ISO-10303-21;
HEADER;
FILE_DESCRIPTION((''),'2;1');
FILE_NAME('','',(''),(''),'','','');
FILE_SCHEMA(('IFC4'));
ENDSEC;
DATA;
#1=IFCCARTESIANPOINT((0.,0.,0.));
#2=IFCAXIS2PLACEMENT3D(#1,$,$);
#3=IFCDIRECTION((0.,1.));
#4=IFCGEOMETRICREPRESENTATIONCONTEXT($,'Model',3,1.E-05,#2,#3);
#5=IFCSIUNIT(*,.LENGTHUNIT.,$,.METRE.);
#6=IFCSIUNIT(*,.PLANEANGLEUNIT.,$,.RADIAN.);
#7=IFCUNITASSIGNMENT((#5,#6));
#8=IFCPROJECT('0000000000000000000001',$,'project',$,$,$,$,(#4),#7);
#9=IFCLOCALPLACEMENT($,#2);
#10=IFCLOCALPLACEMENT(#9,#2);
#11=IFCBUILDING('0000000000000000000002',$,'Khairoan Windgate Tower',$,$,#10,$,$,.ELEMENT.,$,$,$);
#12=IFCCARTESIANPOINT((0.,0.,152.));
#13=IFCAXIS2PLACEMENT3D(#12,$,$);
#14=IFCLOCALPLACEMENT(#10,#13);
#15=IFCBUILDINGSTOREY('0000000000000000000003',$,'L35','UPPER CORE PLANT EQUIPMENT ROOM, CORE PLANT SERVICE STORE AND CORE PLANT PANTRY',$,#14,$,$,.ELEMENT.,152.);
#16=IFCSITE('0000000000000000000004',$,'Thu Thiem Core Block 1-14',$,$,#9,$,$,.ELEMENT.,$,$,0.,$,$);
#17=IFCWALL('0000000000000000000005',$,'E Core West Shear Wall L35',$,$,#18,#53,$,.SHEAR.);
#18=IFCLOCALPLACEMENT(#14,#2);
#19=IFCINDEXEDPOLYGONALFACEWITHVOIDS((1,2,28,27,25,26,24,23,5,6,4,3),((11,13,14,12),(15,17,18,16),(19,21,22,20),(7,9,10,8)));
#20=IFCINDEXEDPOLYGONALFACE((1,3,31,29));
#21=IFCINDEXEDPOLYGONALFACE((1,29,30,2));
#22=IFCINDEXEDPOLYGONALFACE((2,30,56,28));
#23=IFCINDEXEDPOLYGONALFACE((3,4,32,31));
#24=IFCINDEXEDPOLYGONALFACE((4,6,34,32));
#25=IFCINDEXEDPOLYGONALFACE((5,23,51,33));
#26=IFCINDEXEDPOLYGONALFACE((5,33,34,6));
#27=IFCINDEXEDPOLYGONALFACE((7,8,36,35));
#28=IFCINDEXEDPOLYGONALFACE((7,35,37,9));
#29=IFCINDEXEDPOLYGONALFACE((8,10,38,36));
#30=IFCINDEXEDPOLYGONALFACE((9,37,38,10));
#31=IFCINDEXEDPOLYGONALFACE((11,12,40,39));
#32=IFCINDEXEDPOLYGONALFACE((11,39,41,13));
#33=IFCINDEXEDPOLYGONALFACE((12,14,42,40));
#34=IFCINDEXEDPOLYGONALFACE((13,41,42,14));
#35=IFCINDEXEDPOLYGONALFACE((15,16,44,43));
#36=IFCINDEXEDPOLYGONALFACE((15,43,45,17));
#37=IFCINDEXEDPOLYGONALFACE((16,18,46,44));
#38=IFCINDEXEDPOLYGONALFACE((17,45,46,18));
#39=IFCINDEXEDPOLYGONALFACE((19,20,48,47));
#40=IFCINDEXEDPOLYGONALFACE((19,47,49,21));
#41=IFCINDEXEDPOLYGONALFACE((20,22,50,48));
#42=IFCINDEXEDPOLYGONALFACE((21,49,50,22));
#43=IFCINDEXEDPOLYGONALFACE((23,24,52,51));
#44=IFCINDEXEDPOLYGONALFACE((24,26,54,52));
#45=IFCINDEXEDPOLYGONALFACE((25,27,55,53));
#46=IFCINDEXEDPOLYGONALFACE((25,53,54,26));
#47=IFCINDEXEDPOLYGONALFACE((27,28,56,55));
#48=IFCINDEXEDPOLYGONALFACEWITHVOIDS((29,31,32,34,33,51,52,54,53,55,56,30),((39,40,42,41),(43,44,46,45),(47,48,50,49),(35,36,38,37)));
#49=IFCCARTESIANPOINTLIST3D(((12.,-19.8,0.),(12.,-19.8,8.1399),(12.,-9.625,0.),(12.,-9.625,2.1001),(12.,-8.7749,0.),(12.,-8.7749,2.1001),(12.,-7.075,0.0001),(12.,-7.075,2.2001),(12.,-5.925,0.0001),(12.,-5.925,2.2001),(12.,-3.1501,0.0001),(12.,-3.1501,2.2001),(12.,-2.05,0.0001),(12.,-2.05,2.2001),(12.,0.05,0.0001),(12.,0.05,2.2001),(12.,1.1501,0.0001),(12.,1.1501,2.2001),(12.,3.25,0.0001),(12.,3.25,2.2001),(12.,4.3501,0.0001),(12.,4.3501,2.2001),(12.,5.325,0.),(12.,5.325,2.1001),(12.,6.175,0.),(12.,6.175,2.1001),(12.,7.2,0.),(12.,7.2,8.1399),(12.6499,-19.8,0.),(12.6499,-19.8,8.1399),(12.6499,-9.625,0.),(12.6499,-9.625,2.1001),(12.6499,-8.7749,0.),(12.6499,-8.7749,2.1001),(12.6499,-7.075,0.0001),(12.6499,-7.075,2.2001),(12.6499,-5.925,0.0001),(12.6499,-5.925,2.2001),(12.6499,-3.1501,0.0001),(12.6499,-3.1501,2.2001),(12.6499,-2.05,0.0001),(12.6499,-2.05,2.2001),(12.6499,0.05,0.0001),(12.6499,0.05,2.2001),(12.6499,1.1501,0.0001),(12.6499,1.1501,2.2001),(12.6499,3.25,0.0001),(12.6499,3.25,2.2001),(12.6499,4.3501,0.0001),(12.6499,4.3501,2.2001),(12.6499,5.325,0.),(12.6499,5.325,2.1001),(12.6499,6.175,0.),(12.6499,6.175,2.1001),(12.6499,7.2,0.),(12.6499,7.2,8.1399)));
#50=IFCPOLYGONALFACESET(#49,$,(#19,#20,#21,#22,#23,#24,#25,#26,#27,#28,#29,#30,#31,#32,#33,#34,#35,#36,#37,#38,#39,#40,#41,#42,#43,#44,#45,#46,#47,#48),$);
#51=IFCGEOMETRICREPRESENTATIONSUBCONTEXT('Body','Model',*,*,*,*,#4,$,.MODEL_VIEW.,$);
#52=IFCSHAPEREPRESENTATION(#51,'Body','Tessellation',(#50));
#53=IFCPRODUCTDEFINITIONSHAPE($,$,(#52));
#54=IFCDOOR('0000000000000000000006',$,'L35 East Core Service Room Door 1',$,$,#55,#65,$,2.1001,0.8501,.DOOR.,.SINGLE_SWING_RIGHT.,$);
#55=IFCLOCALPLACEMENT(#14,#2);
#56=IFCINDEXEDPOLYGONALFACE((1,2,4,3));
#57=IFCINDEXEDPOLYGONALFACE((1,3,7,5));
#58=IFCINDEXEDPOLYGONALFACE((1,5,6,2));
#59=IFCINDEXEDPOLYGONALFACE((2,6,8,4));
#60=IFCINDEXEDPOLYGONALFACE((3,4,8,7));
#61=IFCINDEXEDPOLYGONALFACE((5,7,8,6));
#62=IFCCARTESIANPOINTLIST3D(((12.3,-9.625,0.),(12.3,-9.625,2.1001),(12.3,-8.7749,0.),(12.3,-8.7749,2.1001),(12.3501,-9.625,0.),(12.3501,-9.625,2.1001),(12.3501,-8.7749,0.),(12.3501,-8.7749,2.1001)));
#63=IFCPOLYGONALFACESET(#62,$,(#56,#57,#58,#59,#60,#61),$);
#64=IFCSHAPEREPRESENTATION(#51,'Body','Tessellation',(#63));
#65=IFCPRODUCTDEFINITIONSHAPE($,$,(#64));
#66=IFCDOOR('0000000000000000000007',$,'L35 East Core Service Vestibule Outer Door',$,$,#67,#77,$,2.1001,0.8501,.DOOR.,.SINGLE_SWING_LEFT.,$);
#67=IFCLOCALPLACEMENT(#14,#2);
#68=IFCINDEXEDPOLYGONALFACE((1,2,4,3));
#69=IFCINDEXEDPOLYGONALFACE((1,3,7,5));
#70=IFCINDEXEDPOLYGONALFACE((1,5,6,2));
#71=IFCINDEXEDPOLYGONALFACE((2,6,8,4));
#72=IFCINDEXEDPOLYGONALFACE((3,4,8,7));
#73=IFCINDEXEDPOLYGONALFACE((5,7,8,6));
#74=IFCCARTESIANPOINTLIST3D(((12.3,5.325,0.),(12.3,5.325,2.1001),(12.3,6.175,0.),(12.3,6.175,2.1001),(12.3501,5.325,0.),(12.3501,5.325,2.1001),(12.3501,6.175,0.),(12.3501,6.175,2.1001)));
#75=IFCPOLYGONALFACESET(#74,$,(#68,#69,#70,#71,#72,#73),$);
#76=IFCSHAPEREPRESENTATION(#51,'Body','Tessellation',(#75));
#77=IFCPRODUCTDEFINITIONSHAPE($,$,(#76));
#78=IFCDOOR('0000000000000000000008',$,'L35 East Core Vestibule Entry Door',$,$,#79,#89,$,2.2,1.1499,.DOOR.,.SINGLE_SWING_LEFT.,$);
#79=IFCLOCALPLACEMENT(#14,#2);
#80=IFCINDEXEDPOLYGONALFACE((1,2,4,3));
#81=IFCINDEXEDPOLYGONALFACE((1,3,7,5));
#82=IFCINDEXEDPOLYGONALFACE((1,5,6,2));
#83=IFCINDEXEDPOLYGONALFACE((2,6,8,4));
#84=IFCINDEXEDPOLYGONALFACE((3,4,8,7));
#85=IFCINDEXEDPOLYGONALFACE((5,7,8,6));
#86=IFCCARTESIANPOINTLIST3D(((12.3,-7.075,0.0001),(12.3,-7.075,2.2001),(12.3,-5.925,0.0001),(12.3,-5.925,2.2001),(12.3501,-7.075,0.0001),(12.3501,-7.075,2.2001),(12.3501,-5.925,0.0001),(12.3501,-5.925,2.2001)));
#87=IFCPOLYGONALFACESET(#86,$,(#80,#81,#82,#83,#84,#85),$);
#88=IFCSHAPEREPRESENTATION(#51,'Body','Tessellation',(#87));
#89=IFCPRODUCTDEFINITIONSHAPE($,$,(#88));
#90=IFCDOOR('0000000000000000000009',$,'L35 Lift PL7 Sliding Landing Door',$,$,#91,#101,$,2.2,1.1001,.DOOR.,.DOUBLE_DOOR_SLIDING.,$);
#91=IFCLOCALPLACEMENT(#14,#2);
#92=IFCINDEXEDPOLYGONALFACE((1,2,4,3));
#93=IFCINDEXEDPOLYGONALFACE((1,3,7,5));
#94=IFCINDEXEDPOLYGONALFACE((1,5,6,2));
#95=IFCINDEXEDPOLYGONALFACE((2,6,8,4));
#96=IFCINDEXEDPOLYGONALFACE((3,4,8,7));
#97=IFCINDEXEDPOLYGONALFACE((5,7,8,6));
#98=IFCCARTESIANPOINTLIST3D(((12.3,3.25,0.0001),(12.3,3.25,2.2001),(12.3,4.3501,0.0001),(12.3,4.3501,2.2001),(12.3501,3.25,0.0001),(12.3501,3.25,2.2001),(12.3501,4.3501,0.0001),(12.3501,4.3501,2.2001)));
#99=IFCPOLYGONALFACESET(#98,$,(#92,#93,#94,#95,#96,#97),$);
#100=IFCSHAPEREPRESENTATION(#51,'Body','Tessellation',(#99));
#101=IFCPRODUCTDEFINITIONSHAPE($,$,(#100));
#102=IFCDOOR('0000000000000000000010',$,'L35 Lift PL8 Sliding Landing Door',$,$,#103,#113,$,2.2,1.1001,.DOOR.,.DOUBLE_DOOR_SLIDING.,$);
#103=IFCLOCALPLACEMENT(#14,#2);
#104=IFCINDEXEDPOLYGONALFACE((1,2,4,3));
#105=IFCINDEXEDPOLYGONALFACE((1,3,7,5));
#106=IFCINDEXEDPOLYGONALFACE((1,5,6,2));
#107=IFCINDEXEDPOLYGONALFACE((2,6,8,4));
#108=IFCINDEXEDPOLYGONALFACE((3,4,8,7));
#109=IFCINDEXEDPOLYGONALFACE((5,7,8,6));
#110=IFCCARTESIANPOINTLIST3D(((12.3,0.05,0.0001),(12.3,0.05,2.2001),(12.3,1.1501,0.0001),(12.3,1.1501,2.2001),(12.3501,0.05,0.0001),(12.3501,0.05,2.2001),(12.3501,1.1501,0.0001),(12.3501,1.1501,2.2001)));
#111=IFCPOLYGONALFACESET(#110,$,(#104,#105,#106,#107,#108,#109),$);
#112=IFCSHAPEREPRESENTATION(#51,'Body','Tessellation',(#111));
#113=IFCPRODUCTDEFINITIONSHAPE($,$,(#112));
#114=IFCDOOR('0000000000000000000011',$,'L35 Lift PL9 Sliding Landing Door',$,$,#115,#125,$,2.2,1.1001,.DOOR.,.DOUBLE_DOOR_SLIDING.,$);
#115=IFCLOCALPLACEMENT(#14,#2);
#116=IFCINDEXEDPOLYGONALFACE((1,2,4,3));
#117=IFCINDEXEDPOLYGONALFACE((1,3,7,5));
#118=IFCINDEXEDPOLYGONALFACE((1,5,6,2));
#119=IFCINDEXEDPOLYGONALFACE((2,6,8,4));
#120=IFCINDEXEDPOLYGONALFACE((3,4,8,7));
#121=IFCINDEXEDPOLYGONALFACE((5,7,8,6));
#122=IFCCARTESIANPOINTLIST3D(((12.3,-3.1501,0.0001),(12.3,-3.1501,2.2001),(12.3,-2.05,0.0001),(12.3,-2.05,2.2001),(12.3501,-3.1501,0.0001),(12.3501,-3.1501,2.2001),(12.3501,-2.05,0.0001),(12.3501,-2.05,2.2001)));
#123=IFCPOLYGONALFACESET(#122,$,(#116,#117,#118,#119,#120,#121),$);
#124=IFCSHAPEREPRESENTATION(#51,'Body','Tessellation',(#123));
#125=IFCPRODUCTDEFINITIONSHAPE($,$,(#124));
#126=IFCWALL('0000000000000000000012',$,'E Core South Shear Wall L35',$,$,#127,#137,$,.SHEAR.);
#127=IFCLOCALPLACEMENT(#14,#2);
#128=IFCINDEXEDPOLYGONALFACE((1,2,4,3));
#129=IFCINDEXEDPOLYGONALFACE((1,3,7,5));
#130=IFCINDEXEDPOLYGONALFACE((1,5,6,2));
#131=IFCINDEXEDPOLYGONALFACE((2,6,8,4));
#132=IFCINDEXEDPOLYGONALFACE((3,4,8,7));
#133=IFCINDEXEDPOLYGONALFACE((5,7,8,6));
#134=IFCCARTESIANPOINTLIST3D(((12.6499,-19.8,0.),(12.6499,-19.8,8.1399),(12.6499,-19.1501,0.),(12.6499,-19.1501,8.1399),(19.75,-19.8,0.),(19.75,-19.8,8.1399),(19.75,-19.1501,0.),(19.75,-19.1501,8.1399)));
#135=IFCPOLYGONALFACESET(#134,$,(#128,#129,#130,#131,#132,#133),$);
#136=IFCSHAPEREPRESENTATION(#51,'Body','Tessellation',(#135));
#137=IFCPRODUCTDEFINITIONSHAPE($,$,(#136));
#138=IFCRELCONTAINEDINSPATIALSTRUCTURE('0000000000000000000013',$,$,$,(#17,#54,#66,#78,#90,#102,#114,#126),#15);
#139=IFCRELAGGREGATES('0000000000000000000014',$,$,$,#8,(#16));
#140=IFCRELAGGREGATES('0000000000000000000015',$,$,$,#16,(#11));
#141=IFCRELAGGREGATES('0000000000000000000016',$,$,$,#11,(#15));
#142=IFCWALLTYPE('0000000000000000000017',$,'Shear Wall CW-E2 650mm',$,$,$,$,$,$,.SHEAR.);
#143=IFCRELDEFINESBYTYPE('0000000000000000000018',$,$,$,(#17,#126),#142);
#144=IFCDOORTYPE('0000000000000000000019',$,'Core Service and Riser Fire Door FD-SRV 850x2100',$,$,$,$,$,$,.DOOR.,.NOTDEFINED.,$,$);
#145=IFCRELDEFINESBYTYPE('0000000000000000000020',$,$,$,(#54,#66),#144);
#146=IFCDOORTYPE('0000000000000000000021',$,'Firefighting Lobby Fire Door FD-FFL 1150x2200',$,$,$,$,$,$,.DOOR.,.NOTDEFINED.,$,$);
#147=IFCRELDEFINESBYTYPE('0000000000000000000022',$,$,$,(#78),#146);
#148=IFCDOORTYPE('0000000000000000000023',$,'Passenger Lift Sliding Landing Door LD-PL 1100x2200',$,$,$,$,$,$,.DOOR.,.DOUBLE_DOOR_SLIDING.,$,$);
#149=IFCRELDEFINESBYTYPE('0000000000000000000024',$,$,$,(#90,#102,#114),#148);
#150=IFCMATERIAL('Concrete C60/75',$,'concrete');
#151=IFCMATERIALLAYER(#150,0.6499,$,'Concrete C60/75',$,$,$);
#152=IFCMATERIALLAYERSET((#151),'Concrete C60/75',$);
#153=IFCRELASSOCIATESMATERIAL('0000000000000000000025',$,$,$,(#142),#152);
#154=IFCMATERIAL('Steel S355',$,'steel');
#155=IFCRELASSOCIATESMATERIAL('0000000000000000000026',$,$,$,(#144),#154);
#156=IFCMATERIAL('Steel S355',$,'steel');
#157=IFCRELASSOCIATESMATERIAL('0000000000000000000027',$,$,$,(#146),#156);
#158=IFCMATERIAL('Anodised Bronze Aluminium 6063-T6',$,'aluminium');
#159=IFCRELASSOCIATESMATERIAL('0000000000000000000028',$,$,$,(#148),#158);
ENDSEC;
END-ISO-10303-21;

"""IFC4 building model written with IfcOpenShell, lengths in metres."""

from ifc_helpers import new_model, si_unit, direction, frame, frame_2d, origin, place, context, subcontext, project, spatial, rectangle, extrude, material, layer, layer_set, type_object, element, fill, save


model = new_model("IFC4")

# Units and contexts
model_context = context("Model", 3, precision=1e-05, world=origin(), true_north=direction((0.0, 1.0)))
body_context = subcontext(model_context, "Body", "Model", "MODEL_VIEW")
ifc_project = project(units=[si_unit("LENGTHUNIT", "METRE"), si_unit("PLANEANGLEUNIT", "RADIAN")], contexts=[model_context])

# Site, building, storey
site_placement = place(None, origin())
site = spatial("IfcSite", under=ifc_project, at=site_placement, Name="Thu Thiem Core Block 1-14", CompositionType="ELEMENT", RefElevation=0.0)
building_placement = place(site_placement, origin())
building = spatial("IfcBuilding", under=site, at=building_placement, Name="Khairoan Windgate Tower", CompositionType="ELEMENT")
storey_placement = place(building_placement, frame((0.0, 0.0, 152.0)))
storey = spatial("IfcBuildingStorey", under=building, at=storey_placement, Name="L35", Description="UPPER CORE PLANT EQUIPMENT ROOM, CORE PLANT SERVICE STORE AND CORE PLANT PANTRY", CompositionType="ELEMENT", Elevation=152.0)

# Wall, openings, doors
ifc_material_1 = material(Name="Concrete C60/75", Category="concrete")
ifc_layer_1 = layer(ifc_material_1, 0.6499, Name="Concrete C60/75")
ifc_layer_set_1 = layer_set([ifc_layer_1], Name="Concrete C60/75")
wall_type_1 = type_object("IfcWallType", Name="Shear Wall CW-E2 650mm", PredefinedType="SHEAR", material=ifc_layer_set_1)
wall_1_placement = place(storey_placement, frame((12.325, -19.8, 0.0), z_axis=(0.0, 0.0, 1.0), x_axis=(0.0, 1.0, 0.0)))
wall_1 = element("IfcWall", 1, at=wall_1_placement, inside=storey, type_object=wall_type_1, Name="E Core West Shear Wall L35", PredefinedType="SHEAR", context=body_context, shape_type="SweptSolid", body=[
    extrude(rectangle(XDim=27.0, YDim=0.6499, at=frame_2d((13.5, 0.0))), origin(), (0.0, 0.0, 1.0), 8.1399),
])
opening_1_placement = place(wall_1_placement, frame((23.05, 0.0, 0.0)))
opening_1 = element("IfcOpeningElement", 2, at=opening_1_placement, cuts=wall_1, PredefinedType="OPENING", context=body_context, shape_type="SweptSolid", body=[
    extrude(rectangle(XDim=1.1001, YDim=2.2, at=frame_2d((0.55, 1.1001))), frame((0.0, 0.335, 0.0), z_axis=(0.0, -1.0, 0.0), x_axis=(1.0, 0.0, 0.0)), (0.0, 0.0, 1.0), 0.6699),
])
opening_2_placement = place(wall_1_placement, frame((19.8501, 0.0, 0.0)))
opening_2 = element("IfcOpeningElement", 3, at=opening_2_placement, cuts=wall_1, PredefinedType="OPENING", context=body_context, shape_type="SweptSolid", body=[
    extrude(rectangle(XDim=1.1001, YDim=2.2, at=frame_2d((0.55, 1.1001))), frame((0.0, 0.335, 0.0), z_axis=(0.0, -1.0, 0.0), x_axis=(1.0, 0.0, 0.0)), (0.0, 0.0, 1.0), 0.6699),
])
opening_3_placement = place(wall_1_placement, frame((16.6499, 0.0, 0.0)))
opening_3 = element("IfcOpeningElement", 4, at=opening_3_placement, cuts=wall_1, PredefinedType="OPENING", context=body_context, shape_type="SweptSolid", body=[
    extrude(rectangle(XDim=1.1001, YDim=2.2, at=frame_2d((0.55, 1.1001))), frame((0.0, 0.335, 0.0), z_axis=(0.0, -1.0, 0.0), x_axis=(1.0, 0.0, 0.0)), (0.0, 0.0, 1.0), 0.6699),
])
opening_4_placement = place(wall_1_placement, frame((10.175, 0.0, 0.0)))
opening_4 = element("IfcOpeningElement", 5, at=opening_4_placement, cuts=wall_1, PredefinedType="OPENING", context=body_context, shape_type="SweptSolid", body=[
    extrude(rectangle(XDim=0.8501, YDim=2.1001, at=frame_2d((0.425, 1.05))), frame((0.0, 0.335, 0.0), z_axis=(0.0, -1.0, 0.0), x_axis=(1.0, 0.0, 0.0)), (0.0, 0.0, 1.0), 0.6699),
])
opening_5_placement = place(wall_1_placement, frame((12.7251, 0.0, 0.0)))
opening_5 = element("IfcOpeningElement", 6, at=opening_5_placement, cuts=wall_1, PredefinedType="OPENING", context=body_context, shape_type="SweptSolid", body=[
    extrude(rectangle(XDim=1.1499, YDim=2.2, at=frame_2d((0.575, 1.1001))), frame((0.0, 0.335, 0.0), z_axis=(0.0, -1.0, 0.0), x_axis=(1.0, 0.0, 0.0)), (0.0, 0.0, 1.0), 0.6699),
])
opening_6_placement = place(wall_1_placement, frame((25.125, 0.0, 0.0)))
opening_6 = element("IfcOpeningElement", 7, at=opening_6_placement, cuts=wall_1, PredefinedType="OPENING", context=body_context, shape_type="SweptSolid", body=[
    extrude(rectangle(XDim=0.8501, YDim=2.1001, at=frame_2d((0.425, 1.05))), frame((0.0, 0.335, 0.0), z_axis=(0.0, -1.0, 0.0), x_axis=(1.0, 0.0, 0.0)), (0.0, 0.0, 1.0), 0.6699),
])
ifc_material_2 = material(Name="Steel S355", Category="steel")
door_type_1 = type_object("IfcDoorType", Name="Core Service and Riser Fire Door FD-SRV 850x2100", OperationType="NOTDEFINED", PredefinedType="DOOR", material=ifc_material_2)
door_1_placement = place(opening_4_placement, origin())
door_1 = element("IfcDoor", 8, at=door_1_placement, inside=storey, type_object=door_type_1, Name="L35 East Core Service Room Door 1", OperationType="SINGLE_SWING_RIGHT", OverallHeight=2.1001, OverallWidth=0.8501, PredefinedType="DOOR", context=body_context, shape_type="SweptSolid", body=[
    extrude(rectangle(XDim=0.8501, YDim=2.1001, at=frame_2d((0.425, 1.05))), frame((0.0, 0.0249, 0.0), z_axis=(0.0, -1.0, 0.0), x_axis=(1.0, 0.0, 0.0)), (0.0, 0.0, 1.0), 0.05),
])
fill(opening_4, door_1)
door_2_placement = place(opening_6_placement, origin())
door_2 = element("IfcDoor", 9, at=door_2_placement, inside=storey, type_object=door_type_1, Name="L35 East Core Service Vestibule Outer Door", OperationType="SINGLE_SWING_LEFT", OverallHeight=2.1001, OverallWidth=0.8501, PredefinedType="DOOR", context=body_context, shape_type="SweptSolid", body=[
    extrude(rectangle(XDim=0.8501, YDim=2.1001, at=frame_2d((0.425, 1.05))), frame((0.0, 0.0249, 0.0), z_axis=(0.0, -1.0, 0.0), x_axis=(1.0, 0.0, 0.0)), (0.0, 0.0, 1.0), 0.05),
])
fill(opening_6, door_2)
ifc_material_3 = material(Name="Steel S355", Category="steel")
door_type_2 = type_object("IfcDoorType", Name="Firefighting Lobby Fire Door FD-FFL 1150x2200", OperationType="NOTDEFINED", PredefinedType="DOOR", material=ifc_material_3)
door_3_placement = place(opening_5_placement, origin())
door_3 = element("IfcDoor", 10, at=door_3_placement, inside=storey, type_object=door_type_2, Name="L35 East Core Vestibule Entry Door", OperationType="SINGLE_SWING_LEFT", OverallHeight=2.2, OverallWidth=1.1499, PredefinedType="DOOR", context=body_context, shape_type="SweptSolid", body=[
    extrude(rectangle(XDim=1.1499, YDim=2.2, at=frame_2d((0.575, 1.1001))), frame((0.0, 0.0249, 0.0), z_axis=(0.0, -1.0, 0.0), x_axis=(1.0, 0.0, 0.0)), (0.0, 0.0, 1.0), 0.05),
])
fill(opening_5, door_3)
ifc_material_4 = material(Name="Anodised Bronze Aluminium 6063-T6", Category="aluminium")
door_type_3 = type_object("IfcDoorType", Name="Passenger Lift Sliding Landing Door LD-PL 1100x2200", OperationType="DOUBLE_DOOR_SLIDING", PredefinedType="DOOR", material=ifc_material_4)
door_4_placement = place(opening_1_placement, origin())
door_4 = element("IfcDoor", 11, at=door_4_placement, inside=storey, type_object=door_type_3, Name="L35 Lift PL7 Sliding Landing Door", OperationType="DOUBLE_DOOR_SLIDING", OverallHeight=2.2, OverallWidth=1.1001, PredefinedType="DOOR", context=body_context, shape_type="SweptSolid", body=[
    extrude(rectangle(XDim=1.1001, YDim=2.2, at=frame_2d((0.55, 1.1001))), frame((0.0, 0.0249, 0.0), z_axis=(0.0, -1.0, 0.0), x_axis=(1.0, 0.0, 0.0)), (0.0, 0.0, 1.0), 0.05),
])
fill(opening_1, door_4)
door_5_placement = place(opening_2_placement, origin())
door_5 = element("IfcDoor", 12, at=door_5_placement, inside=storey, type_object=door_type_3, Name="L35 Lift PL8 Sliding Landing Door", OperationType="DOUBLE_DOOR_SLIDING", OverallHeight=2.2, OverallWidth=1.1001, PredefinedType="DOOR", context=body_context, shape_type="SweptSolid", body=[
    extrude(rectangle(XDim=1.1001, YDim=2.2, at=frame_2d((0.55, 1.1001))), frame((0.0, 0.0249, 0.0), z_axis=(0.0, -1.0, 0.0), x_axis=(1.0, 0.0, 0.0)), (0.0, 0.0, 1.0), 0.05),
])
fill(opening_2, door_5)
door_6_placement = place(opening_3_placement, origin())
door_6 = element("IfcDoor", 13, at=door_6_placement, inside=storey, type_object=door_type_3, Name="L35 Lift PL9 Sliding Landing Door", OperationType="DOUBLE_DOOR_SLIDING", OverallHeight=2.2, OverallWidth=1.1001, PredefinedType="DOOR", context=body_context, shape_type="SweptSolid", body=[
    extrude(rectangle(XDim=1.1001, YDim=2.2, at=frame_2d((0.55, 1.1001))), frame((0.0, 0.0249, 0.0), z_axis=(0.0, -1.0, 0.0), x_axis=(1.0, 0.0, 0.0)), (0.0, 0.0, 1.0), 0.05),
])
fill(opening_3, door_6)

# Wall
wall_2_placement = place(storey_placement, frame((12.6499, -19.4751, 0.0), z_axis=(0.0, 0.0, 1.0), x_axis=(1.0, 0.0, 0.0)))
element("IfcWall", 14, at=wall_2_placement, inside=storey, type_object=wall_type_1, Name="E Core South Shear Wall L35", PredefinedType="SHEAR", context=body_context, shape_type="SweptSolid", body=[
    extrude(rectangle(XDim=7.1001, YDim=0.6499, at=frame_2d((3.55, 0.0))), origin(), (0.0, 0.0, 1.0), 8.1399),
])

save(model, "model.ifc")
